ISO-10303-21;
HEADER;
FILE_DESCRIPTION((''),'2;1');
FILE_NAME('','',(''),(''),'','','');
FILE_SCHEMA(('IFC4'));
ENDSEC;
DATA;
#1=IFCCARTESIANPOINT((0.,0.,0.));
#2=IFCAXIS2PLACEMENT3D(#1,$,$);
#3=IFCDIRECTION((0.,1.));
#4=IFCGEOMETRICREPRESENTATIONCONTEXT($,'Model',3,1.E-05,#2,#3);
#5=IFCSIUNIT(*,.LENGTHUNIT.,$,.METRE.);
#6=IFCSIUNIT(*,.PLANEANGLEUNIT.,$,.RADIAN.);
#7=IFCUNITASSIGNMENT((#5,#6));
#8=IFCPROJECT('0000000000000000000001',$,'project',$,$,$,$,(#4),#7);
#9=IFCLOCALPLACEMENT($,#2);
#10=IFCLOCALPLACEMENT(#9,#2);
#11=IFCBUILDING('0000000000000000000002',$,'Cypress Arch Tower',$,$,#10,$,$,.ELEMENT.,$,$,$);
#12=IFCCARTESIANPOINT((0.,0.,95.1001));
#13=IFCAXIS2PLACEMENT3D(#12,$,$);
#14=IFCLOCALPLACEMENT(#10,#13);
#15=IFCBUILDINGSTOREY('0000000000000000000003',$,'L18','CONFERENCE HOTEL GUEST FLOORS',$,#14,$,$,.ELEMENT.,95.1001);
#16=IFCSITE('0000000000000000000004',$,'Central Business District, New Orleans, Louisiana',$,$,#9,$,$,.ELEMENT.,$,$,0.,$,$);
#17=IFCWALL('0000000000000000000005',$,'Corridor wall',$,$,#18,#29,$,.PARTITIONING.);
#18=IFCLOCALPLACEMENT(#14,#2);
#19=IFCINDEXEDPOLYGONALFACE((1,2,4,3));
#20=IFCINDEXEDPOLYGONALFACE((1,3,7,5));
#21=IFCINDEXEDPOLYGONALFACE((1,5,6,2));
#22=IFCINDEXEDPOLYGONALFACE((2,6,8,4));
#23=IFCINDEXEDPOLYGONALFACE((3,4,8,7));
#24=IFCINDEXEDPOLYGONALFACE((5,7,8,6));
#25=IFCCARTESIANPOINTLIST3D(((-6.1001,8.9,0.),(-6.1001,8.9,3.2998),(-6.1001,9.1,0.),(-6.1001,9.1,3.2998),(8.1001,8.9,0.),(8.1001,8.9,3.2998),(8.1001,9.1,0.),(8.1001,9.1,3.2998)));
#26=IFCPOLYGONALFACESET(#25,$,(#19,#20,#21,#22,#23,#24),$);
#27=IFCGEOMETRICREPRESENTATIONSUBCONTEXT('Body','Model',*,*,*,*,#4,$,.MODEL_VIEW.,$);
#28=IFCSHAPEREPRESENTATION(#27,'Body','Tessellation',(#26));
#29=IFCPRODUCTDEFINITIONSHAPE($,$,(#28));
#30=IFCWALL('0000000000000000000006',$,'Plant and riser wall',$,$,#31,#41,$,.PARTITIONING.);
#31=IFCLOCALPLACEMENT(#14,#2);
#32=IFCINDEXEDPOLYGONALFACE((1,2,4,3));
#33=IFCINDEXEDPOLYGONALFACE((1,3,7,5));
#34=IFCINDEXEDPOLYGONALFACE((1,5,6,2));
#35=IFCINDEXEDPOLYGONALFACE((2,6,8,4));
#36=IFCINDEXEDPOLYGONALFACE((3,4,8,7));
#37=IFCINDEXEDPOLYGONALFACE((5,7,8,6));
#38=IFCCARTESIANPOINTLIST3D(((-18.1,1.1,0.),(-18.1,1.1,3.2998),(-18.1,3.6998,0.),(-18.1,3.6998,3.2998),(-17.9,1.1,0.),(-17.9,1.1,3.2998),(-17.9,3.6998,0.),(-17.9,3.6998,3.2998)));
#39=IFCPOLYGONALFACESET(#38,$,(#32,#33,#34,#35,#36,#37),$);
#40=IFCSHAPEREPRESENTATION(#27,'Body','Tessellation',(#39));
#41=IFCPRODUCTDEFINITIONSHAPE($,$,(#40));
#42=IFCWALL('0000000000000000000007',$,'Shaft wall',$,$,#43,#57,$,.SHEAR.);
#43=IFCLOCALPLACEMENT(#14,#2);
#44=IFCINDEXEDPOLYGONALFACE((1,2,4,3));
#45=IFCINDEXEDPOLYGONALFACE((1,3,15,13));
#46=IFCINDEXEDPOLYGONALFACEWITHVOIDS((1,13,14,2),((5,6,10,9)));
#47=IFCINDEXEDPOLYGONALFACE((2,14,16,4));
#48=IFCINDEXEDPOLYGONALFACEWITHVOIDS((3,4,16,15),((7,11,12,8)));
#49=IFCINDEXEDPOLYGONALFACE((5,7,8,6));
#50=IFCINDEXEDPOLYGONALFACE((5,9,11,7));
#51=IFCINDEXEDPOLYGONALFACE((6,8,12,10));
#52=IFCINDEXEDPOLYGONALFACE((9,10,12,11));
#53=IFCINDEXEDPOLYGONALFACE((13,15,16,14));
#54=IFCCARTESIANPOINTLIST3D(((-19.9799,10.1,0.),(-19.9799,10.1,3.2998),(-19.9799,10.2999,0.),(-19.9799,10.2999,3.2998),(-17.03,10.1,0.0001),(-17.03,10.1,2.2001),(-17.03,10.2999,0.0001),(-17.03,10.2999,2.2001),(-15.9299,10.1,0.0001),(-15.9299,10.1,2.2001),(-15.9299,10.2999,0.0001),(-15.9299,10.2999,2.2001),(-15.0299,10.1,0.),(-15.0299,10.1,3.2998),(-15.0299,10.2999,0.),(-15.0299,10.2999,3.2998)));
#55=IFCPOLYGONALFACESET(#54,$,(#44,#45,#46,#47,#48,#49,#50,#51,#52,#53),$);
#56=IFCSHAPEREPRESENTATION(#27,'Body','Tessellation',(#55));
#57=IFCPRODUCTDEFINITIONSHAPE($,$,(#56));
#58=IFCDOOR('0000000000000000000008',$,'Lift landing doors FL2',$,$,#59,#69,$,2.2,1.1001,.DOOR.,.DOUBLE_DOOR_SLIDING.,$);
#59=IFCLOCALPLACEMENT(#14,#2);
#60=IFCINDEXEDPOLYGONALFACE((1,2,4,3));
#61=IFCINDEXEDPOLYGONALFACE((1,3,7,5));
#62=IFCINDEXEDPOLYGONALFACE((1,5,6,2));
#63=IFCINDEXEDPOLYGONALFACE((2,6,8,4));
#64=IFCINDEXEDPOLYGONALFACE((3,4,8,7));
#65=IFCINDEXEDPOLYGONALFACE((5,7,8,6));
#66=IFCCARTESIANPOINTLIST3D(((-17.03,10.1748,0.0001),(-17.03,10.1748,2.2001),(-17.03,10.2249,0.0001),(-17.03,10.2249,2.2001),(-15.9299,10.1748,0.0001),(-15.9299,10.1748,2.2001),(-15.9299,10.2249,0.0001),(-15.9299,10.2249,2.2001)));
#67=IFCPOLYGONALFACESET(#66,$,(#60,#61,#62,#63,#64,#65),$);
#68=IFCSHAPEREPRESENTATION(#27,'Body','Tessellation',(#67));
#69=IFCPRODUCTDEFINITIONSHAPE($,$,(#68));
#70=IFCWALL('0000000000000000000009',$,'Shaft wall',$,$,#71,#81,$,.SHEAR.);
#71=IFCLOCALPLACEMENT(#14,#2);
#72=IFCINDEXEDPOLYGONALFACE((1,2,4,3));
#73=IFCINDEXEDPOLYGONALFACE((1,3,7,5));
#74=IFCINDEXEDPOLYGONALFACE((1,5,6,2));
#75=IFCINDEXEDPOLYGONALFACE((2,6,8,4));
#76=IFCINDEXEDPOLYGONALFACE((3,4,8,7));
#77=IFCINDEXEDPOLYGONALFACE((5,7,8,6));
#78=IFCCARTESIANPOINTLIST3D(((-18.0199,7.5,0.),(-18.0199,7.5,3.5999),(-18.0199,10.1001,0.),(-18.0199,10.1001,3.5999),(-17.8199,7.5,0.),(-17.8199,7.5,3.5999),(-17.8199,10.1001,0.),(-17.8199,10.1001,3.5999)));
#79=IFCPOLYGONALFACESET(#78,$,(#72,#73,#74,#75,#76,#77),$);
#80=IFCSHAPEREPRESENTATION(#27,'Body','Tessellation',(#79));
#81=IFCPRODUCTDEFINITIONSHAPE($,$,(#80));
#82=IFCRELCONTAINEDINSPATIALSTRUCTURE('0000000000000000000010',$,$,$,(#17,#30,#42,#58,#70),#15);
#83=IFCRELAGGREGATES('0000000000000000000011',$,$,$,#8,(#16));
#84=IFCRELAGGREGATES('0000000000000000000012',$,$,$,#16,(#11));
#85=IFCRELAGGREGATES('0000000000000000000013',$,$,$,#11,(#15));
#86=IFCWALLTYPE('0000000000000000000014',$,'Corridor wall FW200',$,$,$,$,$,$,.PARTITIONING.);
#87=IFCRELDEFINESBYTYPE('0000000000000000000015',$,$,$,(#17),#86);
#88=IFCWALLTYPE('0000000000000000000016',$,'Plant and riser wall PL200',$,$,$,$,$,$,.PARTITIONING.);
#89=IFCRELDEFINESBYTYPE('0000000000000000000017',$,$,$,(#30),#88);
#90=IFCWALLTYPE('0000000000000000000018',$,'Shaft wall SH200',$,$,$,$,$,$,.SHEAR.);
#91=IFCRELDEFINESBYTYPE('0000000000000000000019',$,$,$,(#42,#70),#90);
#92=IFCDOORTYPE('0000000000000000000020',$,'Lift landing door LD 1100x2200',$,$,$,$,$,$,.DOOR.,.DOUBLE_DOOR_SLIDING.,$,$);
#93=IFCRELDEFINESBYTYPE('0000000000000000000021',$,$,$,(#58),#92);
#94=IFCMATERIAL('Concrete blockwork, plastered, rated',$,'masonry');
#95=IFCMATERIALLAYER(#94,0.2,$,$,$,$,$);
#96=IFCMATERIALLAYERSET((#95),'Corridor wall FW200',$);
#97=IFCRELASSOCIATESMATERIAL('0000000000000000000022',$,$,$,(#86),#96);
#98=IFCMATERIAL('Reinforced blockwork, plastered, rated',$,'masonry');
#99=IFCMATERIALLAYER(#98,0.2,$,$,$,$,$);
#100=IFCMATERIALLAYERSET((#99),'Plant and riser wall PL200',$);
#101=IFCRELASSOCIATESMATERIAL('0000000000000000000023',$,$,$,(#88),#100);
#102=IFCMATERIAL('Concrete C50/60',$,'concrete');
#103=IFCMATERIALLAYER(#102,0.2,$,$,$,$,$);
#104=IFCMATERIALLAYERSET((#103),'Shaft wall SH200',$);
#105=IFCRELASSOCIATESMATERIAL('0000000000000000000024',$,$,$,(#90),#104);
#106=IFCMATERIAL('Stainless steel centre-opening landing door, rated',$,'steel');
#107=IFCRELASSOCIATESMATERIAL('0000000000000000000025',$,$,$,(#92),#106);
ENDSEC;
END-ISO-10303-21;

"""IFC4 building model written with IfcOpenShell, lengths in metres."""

from ifc_helpers import new_model, si_unit, direction, frame, frame_2d, origin, place, context, subcontext, project, spatial, rectangle, extrude, material, layer, layer_set, type_object, element, fill, save


model = new_model("IFC4")

# Units and contexts
model_context = context("Model", 3, precision=1e-05, world=origin(), true_north=direction((0.0, 1.0)))
body_context = subcontext(model_context, "Body", "Model", "MODEL_VIEW")
ifc_project = project(units=[si_unit("LENGTHUNIT", "METRE"), si_unit("PLANEANGLEUNIT", "RADIAN")], contexts=[model_context])

# Site, building, storey
site_placement = place(None, origin())
site = spatial("IfcSite", under=ifc_project, at=site_placement, Name="Central Business District, New Orleans, Louisiana", CompositionType="ELEMENT", RefElevation=0.0)
building_placement = place(site_placement, origin())
building = spatial("IfcBuilding", under=site, at=building_placement, Name="Cypress Arch Tower", CompositionType="ELEMENT")
storey_placement = place(building_placement, frame((0.0, 0.0, 95.1001)))
storey = spatial("IfcBuildingStorey", under=building, at=storey_placement, Name="L18", Description="CONFERENCE HOTEL GUEST FLOORS", CompositionType="ELEMENT", Elevation=95.1001)

# Shared definitions
ifc_material_1 = material(Name="Concrete blockwork, plastered, rated", Category="masonry")
ifc_layer_1 = layer(ifc_material_1, 0.2)
ifc_layer_set_1 = layer_set([ifc_layer_1], Name="Corridor wall FW200")
wall_type_1 = type_object("IfcWallType", Name="Corridor wall FW200", PredefinedType="PARTITIONING", material=ifc_layer_set_1)

# Walls
wall_1_placement = place(storey_placement, frame((-6.1001, 9.0, 0.0), z_axis=(0.0, 0.0, 1.0), x_axis=(1.0, 0.0, 0.0)))
element("IfcWall", 1, at=wall_1_placement, inside=storey, type_object=wall_type_1, Name="Corridor wall", PredefinedType="PARTITIONING", context=body_context, shape_type="SweptSolid", body=[
    extrude(rectangle(XDim=14.2002, YDim=0.2, at=frame_2d((7.1001, 0.0))), origin(), (0.0, 0.0, 1.0), 3.2998),
])
ifc_material_2 = material(Name="Reinforced blockwork, plastered, rated", Category="masonry")
ifc_layer_2 = layer(ifc_material_2, 0.2)
ifc_layer_set_2 = layer_set([ifc_layer_2], Name="Plant and riser wall PL200")
wall_type_2 = type_object("IfcWallType", Name="Plant and riser wall PL200", PredefinedType="PARTITIONING", material=ifc_layer_set_2)
wall_2_placement = place(storey_placement, frame((-18.0, 1.1001, 0.0), z_axis=(0.0, 0.0, 1.0), x_axis=(0.0, 1.0, 0.0)))
element("IfcWall", 2, at=wall_2_placement, inside=storey, type_object=wall_type_2, Name="Plant and riser wall", PredefinedType="PARTITIONING", context=body_context, shape_type="SweptSolid", body=[
    extrude(rectangle(XDim=2.5999, YDim=0.2, at=frame_2d((1.2998, 0.0))), origin(), (0.0, 0.0, 1.0), 3.2998),
])

# Wall, opening, door
ifc_material_3 = material(Name="Concrete C50/60", Category="concrete")
ifc_layer_3 = layer(ifc_material_3, 0.2)
ifc_layer_set_3 = layer_set([ifc_layer_3], Name="Shaft wall SH200")
wall_type_3 = type_object("IfcWallType", Name="Shaft wall SH200", PredefinedType="SHEAR", material=ifc_layer_set_3)
wall_3_placement = place(storey_placement, frame((-19.98, 10.2, 0.0), z_axis=(0.0, 0.0, 1.0), x_axis=(1.0, 0.0, 0.0)))
wall_3 = element("IfcWall", 3, at=wall_3_placement, inside=storey, type_object=wall_type_3, Name="Shaft wall", PredefinedType="SHEAR", context=body_context, shape_type="SweptSolid", body=[
    extrude(rectangle(XDim=4.95, YDim=0.2, at=frame_2d((2.4751, 0.0))), origin(), (0.0, 0.0, 1.0), 3.2998),
])
opening_1_placement = place(wall_3_placement, frame((2.95, 0.0, 0.0)))
opening_1 = element("IfcOpeningElement", 4, at=opening_1_placement, cuts=wall_3, PredefinedType="OPENING", context=body_context, shape_type="SweptSolid", body=[
    extrude(rectangle(XDim=1.1001, YDim=2.2, at=frame_2d((0.55, 1.1001))), frame((0.0, 0.1099, 0.0), z_axis=(0.0, -1.0, 0.0), x_axis=(1.0, 0.0, 0.0)), (0.0, 0.0, 1.0), 0.22),
])
ifc_material_4 = material(Name="Stainless steel centre-opening landing door, rated", Category="steel")
door_type_1 = type_object("IfcDoorType", Name="Lift landing door LD 1100x2200", OperationType="DOUBLE_DOOR_SLIDING", PredefinedType="DOOR", material=ifc_material_4)
door_1_placement = place(opening_1_placement, origin())
door_1 = element("IfcDoor", 5, at=door_1_placement, inside=storey, type_object=door_type_1, Name="Lift landing doors FL2", OperationType="DOUBLE_DOOR_SLIDING", OverallHeight=2.2, OverallWidth=1.1001, PredefinedType="DOOR", context=body_context, shape_type="SweptSolid", body=[
    extrude(rectangle(XDim=1.1001, YDim=2.2, at=frame_2d((0.55, 1.1001))), frame((0.0, 0.0249, 0.0), z_axis=(0.0, -1.0, 0.0), x_axis=(1.0, 0.0, 0.0)), (0.0, 0.0, 1.0), 0.05),
])
fill(opening_1, door_1)

# Wall
wall_4_placement = place(storey_placement, frame((-17.9199, 7.5, 0.0), z_axis=(0.0, 0.0, 1.0), x_axis=(0.0, 1.0, 0.0)))
element("IfcWall", 6, at=wall_4_placement, inside=storey, type_object=wall_type_3, Name="Shaft wall", PredefinedType="SHEAR", context=body_context, shape_type="SweptSolid", body=[
    extrude(rectangle(XDim=2.6001, YDim=0.2, at=frame_2d((1.3, 0.0))), origin(), (0.0, 0.0, 1.0), 3.5999),
])

save(model, "model.ifc")
